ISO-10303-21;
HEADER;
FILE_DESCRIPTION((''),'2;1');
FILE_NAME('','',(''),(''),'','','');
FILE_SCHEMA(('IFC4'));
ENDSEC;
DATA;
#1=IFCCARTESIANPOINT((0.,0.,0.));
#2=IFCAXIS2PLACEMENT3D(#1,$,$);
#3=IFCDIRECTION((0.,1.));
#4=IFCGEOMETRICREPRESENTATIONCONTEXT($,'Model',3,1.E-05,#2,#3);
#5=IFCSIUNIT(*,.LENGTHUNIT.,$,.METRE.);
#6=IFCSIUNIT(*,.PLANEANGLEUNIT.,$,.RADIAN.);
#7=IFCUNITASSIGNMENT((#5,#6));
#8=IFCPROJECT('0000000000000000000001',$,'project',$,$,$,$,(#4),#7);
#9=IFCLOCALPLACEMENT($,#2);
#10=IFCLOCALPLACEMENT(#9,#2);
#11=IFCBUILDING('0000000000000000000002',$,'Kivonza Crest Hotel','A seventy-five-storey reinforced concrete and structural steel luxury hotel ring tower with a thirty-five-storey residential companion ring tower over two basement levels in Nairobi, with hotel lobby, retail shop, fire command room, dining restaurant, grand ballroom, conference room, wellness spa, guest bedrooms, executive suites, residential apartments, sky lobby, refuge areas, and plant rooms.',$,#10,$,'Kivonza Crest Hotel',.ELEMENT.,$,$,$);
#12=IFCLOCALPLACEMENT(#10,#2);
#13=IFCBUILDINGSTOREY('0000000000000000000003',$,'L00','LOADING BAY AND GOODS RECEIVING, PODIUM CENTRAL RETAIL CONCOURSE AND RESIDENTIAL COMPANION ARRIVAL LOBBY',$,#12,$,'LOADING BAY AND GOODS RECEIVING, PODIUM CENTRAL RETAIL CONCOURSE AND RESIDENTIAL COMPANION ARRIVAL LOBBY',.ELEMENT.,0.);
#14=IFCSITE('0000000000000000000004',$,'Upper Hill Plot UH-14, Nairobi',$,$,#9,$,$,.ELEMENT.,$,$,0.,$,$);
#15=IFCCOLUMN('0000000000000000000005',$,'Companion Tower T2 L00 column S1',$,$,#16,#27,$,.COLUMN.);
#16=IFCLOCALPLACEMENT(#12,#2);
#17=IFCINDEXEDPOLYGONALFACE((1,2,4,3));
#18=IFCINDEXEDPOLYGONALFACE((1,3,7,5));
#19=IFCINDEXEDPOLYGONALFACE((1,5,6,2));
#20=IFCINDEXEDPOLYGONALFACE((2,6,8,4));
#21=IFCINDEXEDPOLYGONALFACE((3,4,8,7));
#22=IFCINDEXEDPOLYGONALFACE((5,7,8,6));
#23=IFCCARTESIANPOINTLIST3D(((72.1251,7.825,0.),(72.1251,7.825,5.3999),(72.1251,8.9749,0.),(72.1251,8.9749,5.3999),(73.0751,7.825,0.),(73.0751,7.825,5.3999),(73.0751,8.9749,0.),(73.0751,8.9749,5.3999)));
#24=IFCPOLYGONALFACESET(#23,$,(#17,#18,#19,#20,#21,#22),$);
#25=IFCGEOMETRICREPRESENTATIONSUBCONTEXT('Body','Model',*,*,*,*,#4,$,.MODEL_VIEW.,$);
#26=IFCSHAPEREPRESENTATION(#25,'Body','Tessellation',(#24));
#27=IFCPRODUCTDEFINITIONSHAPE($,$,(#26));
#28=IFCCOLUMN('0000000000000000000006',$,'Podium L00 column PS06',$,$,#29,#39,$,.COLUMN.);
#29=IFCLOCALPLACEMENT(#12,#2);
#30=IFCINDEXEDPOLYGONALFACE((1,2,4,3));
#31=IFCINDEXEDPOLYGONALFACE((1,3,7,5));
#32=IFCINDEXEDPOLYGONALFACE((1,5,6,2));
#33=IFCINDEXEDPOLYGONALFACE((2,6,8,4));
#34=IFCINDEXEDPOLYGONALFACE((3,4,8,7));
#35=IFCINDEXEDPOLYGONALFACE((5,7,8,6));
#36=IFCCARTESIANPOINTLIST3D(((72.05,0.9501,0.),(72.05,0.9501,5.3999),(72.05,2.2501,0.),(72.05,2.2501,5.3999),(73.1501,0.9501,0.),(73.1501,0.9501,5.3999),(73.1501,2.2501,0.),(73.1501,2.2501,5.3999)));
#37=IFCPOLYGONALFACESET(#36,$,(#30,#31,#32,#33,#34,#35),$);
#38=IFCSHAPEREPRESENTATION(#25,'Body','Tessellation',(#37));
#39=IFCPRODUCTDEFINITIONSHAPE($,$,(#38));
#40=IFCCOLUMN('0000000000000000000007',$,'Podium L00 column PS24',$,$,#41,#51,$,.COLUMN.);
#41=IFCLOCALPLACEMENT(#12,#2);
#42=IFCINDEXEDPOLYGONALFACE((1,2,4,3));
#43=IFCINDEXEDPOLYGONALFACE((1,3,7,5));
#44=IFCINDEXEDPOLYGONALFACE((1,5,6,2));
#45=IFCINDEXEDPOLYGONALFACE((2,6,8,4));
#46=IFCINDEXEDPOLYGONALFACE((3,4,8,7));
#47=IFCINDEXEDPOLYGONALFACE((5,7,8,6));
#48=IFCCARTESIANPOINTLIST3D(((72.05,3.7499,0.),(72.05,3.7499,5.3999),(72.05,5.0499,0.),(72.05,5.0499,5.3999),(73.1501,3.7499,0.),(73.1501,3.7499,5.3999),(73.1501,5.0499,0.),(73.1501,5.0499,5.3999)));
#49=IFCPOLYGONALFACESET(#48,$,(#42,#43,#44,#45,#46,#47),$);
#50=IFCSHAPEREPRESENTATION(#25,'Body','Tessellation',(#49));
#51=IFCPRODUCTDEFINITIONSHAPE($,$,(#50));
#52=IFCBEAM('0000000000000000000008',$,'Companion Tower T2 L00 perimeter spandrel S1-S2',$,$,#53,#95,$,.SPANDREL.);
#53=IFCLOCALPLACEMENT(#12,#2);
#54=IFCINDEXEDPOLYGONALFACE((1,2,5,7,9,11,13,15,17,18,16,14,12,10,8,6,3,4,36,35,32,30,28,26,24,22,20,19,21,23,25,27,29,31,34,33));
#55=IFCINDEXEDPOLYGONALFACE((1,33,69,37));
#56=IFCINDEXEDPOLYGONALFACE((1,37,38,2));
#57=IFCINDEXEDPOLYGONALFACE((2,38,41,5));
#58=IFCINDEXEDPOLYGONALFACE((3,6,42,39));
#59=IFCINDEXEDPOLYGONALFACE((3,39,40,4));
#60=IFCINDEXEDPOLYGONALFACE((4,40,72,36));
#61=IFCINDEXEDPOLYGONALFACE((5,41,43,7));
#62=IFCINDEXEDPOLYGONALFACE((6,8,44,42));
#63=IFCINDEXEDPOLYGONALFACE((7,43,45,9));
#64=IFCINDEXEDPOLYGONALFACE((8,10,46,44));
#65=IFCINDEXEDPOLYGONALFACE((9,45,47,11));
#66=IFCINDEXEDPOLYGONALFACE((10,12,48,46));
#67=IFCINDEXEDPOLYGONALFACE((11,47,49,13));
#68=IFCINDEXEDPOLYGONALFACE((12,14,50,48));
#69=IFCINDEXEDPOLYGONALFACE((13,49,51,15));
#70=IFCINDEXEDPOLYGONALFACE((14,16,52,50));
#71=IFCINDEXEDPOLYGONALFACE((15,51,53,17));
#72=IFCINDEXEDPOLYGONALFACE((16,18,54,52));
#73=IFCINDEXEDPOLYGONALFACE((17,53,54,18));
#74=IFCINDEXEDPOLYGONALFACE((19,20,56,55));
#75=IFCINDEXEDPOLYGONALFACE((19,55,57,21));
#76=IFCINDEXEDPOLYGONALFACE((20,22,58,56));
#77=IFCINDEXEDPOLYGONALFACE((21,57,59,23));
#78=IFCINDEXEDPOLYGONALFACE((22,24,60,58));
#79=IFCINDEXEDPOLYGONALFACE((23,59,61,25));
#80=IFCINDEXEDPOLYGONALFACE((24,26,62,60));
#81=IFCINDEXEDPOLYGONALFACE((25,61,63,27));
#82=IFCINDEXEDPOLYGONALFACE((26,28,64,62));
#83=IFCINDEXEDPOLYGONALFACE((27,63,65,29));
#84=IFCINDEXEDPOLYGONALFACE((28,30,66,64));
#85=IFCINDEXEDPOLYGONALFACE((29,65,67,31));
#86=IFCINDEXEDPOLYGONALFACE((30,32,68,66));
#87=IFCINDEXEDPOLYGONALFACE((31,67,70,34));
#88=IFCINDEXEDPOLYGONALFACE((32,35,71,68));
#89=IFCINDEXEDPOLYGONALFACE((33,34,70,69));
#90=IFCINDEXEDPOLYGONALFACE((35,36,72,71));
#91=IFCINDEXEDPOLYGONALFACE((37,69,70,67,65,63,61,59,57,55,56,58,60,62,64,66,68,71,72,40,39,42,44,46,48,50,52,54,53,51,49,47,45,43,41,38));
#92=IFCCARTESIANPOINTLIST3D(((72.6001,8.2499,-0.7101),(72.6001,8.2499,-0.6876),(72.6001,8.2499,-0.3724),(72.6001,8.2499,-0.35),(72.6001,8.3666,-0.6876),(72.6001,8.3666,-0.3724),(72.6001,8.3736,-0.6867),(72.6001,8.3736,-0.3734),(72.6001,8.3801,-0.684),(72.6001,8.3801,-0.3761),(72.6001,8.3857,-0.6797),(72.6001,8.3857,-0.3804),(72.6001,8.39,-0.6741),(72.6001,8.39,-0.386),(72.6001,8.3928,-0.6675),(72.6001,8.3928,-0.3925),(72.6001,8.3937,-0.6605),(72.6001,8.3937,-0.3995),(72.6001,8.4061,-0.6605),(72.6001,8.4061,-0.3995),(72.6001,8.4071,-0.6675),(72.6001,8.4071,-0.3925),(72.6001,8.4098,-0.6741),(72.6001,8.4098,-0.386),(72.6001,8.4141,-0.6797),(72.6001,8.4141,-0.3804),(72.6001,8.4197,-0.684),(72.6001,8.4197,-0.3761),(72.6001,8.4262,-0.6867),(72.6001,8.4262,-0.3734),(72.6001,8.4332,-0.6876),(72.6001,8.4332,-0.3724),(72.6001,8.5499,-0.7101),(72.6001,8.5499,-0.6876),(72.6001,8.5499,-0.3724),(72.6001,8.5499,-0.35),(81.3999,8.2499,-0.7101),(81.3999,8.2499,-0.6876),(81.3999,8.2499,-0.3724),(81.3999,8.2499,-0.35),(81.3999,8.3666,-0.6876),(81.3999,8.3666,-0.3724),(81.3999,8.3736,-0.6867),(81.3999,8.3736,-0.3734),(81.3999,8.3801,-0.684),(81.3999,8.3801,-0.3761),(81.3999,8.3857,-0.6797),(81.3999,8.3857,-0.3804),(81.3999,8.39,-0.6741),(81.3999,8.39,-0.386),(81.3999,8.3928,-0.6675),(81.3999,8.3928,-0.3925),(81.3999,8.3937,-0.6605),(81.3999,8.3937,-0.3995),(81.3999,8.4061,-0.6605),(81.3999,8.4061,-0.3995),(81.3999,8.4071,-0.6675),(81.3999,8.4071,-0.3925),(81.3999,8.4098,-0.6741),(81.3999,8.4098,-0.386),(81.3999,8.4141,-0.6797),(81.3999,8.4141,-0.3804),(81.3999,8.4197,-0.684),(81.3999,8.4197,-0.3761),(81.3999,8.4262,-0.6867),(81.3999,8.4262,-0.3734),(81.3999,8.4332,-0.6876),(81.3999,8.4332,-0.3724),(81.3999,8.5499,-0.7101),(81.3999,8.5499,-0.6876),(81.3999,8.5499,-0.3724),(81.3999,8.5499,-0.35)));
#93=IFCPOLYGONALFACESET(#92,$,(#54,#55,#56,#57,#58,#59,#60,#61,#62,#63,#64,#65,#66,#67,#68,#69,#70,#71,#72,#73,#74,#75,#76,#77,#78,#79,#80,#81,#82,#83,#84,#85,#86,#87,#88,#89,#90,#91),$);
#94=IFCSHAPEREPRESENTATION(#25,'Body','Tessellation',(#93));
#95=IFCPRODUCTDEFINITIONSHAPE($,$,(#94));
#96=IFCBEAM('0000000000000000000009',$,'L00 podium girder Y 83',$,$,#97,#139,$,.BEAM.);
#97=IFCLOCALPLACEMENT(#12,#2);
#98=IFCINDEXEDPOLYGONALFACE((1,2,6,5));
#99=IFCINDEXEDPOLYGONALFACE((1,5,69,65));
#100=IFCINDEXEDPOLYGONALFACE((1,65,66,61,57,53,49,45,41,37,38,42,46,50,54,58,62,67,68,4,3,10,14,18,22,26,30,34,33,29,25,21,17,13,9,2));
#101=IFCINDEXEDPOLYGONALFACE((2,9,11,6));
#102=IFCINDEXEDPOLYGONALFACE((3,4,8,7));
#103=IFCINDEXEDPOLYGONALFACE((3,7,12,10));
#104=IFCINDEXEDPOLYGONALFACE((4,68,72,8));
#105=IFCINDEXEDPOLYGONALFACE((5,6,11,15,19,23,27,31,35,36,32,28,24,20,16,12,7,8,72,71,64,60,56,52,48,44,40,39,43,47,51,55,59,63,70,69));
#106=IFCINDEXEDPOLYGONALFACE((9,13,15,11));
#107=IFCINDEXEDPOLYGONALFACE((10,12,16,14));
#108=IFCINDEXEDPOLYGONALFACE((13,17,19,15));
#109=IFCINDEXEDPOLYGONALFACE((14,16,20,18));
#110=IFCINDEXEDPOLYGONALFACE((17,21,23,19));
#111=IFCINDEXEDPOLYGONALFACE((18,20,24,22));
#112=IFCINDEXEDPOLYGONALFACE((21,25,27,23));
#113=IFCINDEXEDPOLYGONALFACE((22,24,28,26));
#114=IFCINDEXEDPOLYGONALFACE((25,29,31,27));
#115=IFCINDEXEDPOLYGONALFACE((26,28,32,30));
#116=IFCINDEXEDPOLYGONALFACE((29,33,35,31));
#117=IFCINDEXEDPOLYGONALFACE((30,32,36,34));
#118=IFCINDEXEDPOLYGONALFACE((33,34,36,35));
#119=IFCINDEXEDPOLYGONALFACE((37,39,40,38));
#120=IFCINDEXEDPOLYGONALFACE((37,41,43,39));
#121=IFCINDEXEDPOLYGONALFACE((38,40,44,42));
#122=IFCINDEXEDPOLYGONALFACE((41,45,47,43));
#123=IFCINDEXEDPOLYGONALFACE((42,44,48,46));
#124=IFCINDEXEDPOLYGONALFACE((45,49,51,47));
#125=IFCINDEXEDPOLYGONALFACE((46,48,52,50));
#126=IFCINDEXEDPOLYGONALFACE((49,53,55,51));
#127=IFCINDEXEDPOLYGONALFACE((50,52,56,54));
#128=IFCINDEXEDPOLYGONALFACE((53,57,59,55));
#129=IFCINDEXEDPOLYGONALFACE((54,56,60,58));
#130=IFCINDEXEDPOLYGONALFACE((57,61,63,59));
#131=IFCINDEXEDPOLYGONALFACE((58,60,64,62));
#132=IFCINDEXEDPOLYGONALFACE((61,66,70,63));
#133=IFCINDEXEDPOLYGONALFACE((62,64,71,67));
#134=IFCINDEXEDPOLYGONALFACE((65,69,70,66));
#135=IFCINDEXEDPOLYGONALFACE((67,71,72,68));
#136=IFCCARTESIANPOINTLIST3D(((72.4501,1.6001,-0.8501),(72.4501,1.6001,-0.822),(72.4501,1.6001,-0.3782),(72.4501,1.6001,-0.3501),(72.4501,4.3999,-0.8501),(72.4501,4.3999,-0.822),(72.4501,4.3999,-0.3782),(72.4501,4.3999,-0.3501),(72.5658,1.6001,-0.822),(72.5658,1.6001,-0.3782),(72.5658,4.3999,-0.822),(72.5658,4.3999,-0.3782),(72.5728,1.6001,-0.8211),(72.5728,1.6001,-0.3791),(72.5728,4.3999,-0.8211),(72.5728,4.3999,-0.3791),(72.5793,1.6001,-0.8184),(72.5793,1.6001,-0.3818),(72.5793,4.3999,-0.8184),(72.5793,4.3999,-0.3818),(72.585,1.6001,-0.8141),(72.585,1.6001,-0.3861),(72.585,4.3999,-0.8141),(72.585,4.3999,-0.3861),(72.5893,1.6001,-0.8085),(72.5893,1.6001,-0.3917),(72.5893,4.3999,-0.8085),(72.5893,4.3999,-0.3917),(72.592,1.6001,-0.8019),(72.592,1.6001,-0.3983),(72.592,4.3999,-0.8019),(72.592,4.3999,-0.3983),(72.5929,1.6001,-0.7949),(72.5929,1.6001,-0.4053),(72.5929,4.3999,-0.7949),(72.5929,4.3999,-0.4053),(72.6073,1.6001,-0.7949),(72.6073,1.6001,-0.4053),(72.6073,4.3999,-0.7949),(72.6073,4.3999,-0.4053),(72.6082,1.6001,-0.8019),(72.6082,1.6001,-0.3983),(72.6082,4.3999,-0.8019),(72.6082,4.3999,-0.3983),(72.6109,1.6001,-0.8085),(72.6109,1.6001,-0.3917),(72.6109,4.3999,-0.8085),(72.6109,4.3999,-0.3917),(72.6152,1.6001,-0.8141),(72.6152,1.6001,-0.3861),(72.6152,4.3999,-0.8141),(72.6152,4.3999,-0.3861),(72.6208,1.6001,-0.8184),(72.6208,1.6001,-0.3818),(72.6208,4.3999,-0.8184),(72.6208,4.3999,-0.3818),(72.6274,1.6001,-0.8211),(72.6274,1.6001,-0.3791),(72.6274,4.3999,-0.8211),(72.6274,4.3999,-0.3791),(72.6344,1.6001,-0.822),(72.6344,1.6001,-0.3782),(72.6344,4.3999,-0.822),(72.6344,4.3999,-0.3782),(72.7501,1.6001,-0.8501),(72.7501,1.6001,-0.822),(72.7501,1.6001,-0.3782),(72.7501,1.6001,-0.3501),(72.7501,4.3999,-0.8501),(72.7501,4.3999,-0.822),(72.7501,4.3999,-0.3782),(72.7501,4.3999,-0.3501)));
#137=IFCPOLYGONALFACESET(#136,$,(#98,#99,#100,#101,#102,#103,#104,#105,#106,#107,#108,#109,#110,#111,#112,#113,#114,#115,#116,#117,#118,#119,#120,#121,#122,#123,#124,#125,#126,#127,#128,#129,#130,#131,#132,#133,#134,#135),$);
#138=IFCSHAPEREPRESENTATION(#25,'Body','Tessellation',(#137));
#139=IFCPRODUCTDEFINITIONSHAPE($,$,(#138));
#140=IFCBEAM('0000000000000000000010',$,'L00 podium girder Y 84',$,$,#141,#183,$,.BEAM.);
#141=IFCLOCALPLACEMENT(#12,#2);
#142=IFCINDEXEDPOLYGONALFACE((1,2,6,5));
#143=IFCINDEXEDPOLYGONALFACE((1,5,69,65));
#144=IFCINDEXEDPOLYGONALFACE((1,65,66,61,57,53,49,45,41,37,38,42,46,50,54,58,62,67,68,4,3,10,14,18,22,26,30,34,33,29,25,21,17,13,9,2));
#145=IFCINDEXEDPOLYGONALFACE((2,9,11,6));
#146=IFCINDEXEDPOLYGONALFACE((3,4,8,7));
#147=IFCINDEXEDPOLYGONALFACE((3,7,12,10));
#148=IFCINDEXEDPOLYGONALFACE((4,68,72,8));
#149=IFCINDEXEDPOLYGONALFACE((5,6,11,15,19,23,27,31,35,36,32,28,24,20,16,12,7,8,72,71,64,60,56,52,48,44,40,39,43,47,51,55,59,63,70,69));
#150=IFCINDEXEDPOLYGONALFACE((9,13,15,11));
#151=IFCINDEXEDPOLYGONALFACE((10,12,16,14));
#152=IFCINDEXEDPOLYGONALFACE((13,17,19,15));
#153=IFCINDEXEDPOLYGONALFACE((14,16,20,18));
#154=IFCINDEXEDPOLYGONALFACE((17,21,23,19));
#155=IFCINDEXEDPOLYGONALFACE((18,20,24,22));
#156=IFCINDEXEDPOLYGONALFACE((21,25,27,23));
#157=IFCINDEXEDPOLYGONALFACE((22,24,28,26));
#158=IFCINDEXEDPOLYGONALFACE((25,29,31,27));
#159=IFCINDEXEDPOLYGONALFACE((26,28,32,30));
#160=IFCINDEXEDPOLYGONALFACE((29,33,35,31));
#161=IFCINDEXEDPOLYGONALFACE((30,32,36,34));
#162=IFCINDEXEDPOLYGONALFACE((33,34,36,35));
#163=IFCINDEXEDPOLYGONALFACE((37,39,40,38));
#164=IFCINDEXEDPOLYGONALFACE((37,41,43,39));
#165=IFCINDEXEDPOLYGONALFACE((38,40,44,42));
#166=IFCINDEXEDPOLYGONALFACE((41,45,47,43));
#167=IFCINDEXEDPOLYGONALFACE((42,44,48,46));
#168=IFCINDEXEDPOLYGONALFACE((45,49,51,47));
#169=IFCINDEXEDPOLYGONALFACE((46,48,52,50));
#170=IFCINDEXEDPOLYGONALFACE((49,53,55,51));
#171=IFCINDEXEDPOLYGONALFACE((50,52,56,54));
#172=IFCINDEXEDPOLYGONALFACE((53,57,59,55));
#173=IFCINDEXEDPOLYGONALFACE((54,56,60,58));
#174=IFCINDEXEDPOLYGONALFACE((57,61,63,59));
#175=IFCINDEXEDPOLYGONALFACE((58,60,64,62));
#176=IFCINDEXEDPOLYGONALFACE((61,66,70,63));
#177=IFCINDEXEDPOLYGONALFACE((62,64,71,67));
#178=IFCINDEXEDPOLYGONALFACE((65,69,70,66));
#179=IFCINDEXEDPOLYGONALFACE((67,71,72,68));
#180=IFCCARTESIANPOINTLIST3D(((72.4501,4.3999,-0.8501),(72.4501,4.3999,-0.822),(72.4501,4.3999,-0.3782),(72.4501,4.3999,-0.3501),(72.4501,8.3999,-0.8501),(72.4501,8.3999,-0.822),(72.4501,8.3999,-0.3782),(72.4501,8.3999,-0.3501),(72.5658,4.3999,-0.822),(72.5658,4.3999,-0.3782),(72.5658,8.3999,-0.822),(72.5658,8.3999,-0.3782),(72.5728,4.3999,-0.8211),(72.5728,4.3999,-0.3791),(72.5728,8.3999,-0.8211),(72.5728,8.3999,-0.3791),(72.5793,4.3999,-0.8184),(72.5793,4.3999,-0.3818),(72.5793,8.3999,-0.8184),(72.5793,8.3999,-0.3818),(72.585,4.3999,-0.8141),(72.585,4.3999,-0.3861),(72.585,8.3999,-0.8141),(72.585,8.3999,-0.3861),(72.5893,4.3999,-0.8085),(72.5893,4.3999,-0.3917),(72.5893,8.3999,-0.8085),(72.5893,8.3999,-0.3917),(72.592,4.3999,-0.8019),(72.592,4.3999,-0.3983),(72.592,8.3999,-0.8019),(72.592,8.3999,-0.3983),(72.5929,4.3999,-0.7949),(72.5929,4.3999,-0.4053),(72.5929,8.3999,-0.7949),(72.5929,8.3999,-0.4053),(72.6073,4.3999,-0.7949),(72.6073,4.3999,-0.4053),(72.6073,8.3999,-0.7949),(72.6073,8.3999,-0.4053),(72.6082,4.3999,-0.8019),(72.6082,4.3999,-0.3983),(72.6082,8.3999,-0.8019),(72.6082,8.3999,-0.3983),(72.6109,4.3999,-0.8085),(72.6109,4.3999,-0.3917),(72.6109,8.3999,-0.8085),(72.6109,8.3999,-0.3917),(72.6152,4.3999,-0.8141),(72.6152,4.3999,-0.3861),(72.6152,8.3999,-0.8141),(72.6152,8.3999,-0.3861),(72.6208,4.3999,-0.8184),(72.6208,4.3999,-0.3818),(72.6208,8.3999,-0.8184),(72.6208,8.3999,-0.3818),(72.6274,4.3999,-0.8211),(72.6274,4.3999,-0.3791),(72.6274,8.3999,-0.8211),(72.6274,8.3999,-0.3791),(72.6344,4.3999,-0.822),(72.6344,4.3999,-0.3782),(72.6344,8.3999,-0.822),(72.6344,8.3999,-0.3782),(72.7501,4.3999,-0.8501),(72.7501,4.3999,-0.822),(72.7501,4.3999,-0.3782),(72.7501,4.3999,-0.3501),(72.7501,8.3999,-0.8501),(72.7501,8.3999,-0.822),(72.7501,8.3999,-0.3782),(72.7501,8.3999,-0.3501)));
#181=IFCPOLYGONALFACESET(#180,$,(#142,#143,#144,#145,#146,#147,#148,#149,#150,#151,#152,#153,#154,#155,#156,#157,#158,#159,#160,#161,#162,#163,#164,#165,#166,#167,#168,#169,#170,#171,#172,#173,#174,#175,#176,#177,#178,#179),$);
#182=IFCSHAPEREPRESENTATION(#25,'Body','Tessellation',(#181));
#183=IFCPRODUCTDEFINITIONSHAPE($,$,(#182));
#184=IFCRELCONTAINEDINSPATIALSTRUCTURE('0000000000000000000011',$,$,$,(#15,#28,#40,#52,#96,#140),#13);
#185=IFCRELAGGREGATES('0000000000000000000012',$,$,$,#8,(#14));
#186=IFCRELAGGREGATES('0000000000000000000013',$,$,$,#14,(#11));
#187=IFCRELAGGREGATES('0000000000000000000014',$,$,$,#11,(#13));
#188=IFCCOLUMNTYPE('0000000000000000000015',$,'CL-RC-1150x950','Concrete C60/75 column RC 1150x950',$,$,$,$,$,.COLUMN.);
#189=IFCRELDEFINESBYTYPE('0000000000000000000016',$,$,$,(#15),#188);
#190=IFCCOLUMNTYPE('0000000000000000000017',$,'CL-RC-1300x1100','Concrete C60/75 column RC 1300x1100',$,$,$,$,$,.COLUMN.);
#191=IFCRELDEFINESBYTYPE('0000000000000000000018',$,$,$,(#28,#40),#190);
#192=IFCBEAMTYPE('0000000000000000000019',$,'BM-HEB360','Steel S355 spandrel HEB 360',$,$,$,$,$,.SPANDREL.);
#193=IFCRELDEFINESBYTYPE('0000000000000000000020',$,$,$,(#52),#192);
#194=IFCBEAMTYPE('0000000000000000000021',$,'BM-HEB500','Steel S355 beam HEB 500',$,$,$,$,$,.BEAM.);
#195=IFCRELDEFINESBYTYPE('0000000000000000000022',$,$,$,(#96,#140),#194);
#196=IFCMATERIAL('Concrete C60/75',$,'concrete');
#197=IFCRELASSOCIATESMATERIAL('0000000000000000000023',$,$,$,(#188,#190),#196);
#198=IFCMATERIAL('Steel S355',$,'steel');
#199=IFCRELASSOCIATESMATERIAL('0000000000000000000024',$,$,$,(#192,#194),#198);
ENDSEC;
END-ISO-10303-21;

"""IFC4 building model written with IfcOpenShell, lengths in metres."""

from ifc_helpers import new_model, si_unit, direction, frame, origin, origin_2d, place, context, subcontext, project, spatial, rectangle, i_section, extrude, material, material_profile, profile_set, type_object, element, save


model = new_model("IFC4")

# Units and contexts
model_context = context("Model", 3, precision=1e-05, world=origin(), true_north=direction((0.0, 1.0)))
body_context = subcontext(model_context, "Body", "Model", "MODEL_VIEW")
ifc_project = project(units=[si_unit("LENGTHUNIT", "METRE"), si_unit("PLANEANGLEUNIT", "RADIAN")], contexts=[model_context])

# Site, building, storey
site_placement = place(None, origin())
site = spatial("IfcSite", under=ifc_project, at=site_placement, Name="Upper Hill Plot UH-14, Nairobi", CompositionType="ELEMENT", RefElevation=0.0)
building_placement = place(site_placement, origin())
building = spatial("IfcBuilding", under=site, at=building_placement, Name="Kivonza Crest Hotel", Description="A seventy-five-storey reinforced concrete and structural steel luxury hotel ring tower with a thirty-five-storey residential companion ring tower over two basement levels in Nairobi, with hotel lobby, retail shop, fire command room, dining restaurant, grand ballroom, conference room, wellness spa, guest bedrooms, executive suites, residential apartments, sky lobby, refuge areas, and plant rooms.", LongName="Kivonza Crest Hotel", CompositionType="ELEMENT")
storey_placement = place(building_placement, origin())
storey = spatial("IfcBuildingStorey", under=building, at=storey_placement, Name="L00", Description="LOADING BAY AND GOODS RECEIVING, PODIUM CENTRAL RETAIL CONCOURSE AND RESIDENTIAL COMPANION ARRIVAL LOBBY", LongName="LOADING BAY AND GOODS RECEIVING, PODIUM CENTRAL RETAIL CONCOURSE AND RESIDENTIAL COMPANION ARRIVAL LOBBY", CompositionType="ELEMENT", Elevation=0.0)

# Columns
ifc_material_1 = material(Name="Concrete C60/75", Category="concrete")
ifc_material_profile_1 = material_profile(ifc_material_1, rectangle(XDim=0.95, YDim=1.1499, at=origin_2d()), Name="RC 1150x950")
ifc_profile_set_1 = profile_set([ifc_material_profile_1], Name="Concrete C60/75")
column_type_1 = type_object("IfcColumnType", Name="CL-RC-1150x950", Description="Concrete C60/75 column RC 1150x950", PredefinedType="COLUMN", material=ifc_profile_set_1)
column_placement = place(storey_placement, frame((72.6001, 8.3999, 0.0), z_axis=(0.0, 0.0, 1.0), x_axis=(1.0, 0.0, 0.0)))
element("IfcColumn", 1, at=column_placement, inside=storey, type_object=column_type_1, Name="Companion Tower T2 L00 column S1", PredefinedType="COLUMN", context=body_context, shape_type="SweptSolid", body=[
    extrude(rectangle(XDim=0.95, YDim=1.1499, at=origin_2d()), origin(), (0.0, 0.0, 1.0), 5.3999),
])
ifc_material_profile_2 = material_profile(ifc_material_1, rectangle(XDim=1.1001, YDim=1.3, at=origin_2d()), Name="RC 1300x1100")
ifc_profile_set_2 = profile_set([ifc_material_profile_2], Name="Concrete C60/75")
column_type_2 = type_object("IfcColumnType", Name="CL-RC-1300x1100", Description="Concrete C60/75 column RC 1300x1100", PredefinedType="COLUMN", material=ifc_profile_set_2)
for number, where, z_axis, x_axis, name in (
    (2, (72.6001, 1.6001, 0.0), (0.0, 0.0, 1.0), (1.0, 0.0, 0.0), "Podium L00 column PS06"),
    (3, (72.6001, 4.3999, 0.0), (0.0, 0.0, 1.0), (1.0, 0.0, 0.0), "Podium L00 column PS24"),
):
    element("IfcColumn", number, at=place(storey_placement, frame(where, z_axis=z_axis, x_axis=x_axis)), inside=storey, type_object=column_type_2, Name=name, PredefinedType="COLUMN", context=body_context, shape_type="SweptSolid", body=[
        extrude(rectangle(XDim=1.1001, YDim=1.3, at=origin_2d()), origin(), (0.0, 0.0, 1.0), 5.3999),
    ])

# Beams
ifc_material_2 = material(Name="Steel S355", Category="steel")
ifc_material_profile_3 = material_profile(ifc_material_2, i_section(OverallWidth=0.3, OverallDepth=0.3601, WebThickness=0.0125, FlangeThickness=0.0225, FilletRadius=0.0271, at=origin_2d()), Name="HEB 360")
ifc_profile_set_3 = profile_set([ifc_material_profile_3], Name="Steel S355")
beam_type_1 = type_object("IfcBeamType", Name="BM-HEB360", Description="Steel S355 spandrel HEB 360", PredefinedType="SPANDREL", material=ifc_profile_set_3)
beam_1_placement = place(storey_placement, frame((72.6001, 8.3999, -0.53), z_axis=(1.0, 0.0, 0.0), x_axis=(0.0, 1.0, 0.0)))
element("IfcBeam", 4, at=beam_1_placement, inside=storey, type_object=beam_type_1, Name="Companion Tower T2 L00 perimeter spandrel S1-S2", PredefinedType="SPANDREL", context=body_context, shape_type="SweptSolid", body=[
    extrude(i_section(OverallWidth=0.3, OverallDepth=0.3601, WebThickness=0.0125, FlangeThickness=0.0225, FilletRadius=0.0271, at=origin_2d()), origin(), (0.0, 0.0, 1.0), 8.7998),
])
ifc_material_profile_4 = material_profile(ifc_material_2, i_section(OverallWidth=0.3, OverallDepth=0.5, WebThickness=0.0144, FlangeThickness=0.0281, FilletRadius=0.0271, at=origin_2d()), Name="HEB 500")
ifc_profile_set_4 = profile_set([ifc_material_profile_4], Name="Steel S355")
beam_type_2 = type_object("IfcBeamType", Name="BM-HEB500", Description="Steel S355 beam HEB 500", PredefinedType="BEAM", material=ifc_profile_set_4)
beam_2_placement = place(storey_placement, frame((72.6001, 1.6001, -0.6001), z_axis=(0.0, 1.0, 0.0), x_axis=(-1.0, 0.0, 0.0)))
element("IfcBeam", 5, at=beam_2_placement, inside=storey, type_object=beam_type_2, Name="L00 podium girder Y 83", PredefinedType="BEAM", context=body_context, shape_type="SweptSolid", body=[
    extrude(i_section(OverallWidth=0.3, OverallDepth=0.5, WebThickness=0.0144, FlangeThickness=0.0281, FilletRadius=0.0271, at=origin_2d()), origin(), (0.0, 0.0, 1.0), 2.7998),
])
beam_3_placement = place(storey_placement, frame((72.6001, 4.3999, -0.6001), z_axis=(0.0, 1.0, 0.0), x_axis=(-1.0, 0.0, 0.0)))
element("IfcBeam", 6, at=beam_3_placement, inside=storey, type_object=beam_type_2, Name="L00 podium girder Y 84", PredefinedType="BEAM", context=body_context, shape_type="SweptSolid", body=[
    extrude(i_section(OverallWidth=0.3, OverallDepth=0.5, WebThickness=0.0144, FlangeThickness=0.0281, FilletRadius=0.0271, at=origin_2d()), origin(), (0.0, 0.0, 1.0), 4.0),
])

save(model, "model.ifc")
